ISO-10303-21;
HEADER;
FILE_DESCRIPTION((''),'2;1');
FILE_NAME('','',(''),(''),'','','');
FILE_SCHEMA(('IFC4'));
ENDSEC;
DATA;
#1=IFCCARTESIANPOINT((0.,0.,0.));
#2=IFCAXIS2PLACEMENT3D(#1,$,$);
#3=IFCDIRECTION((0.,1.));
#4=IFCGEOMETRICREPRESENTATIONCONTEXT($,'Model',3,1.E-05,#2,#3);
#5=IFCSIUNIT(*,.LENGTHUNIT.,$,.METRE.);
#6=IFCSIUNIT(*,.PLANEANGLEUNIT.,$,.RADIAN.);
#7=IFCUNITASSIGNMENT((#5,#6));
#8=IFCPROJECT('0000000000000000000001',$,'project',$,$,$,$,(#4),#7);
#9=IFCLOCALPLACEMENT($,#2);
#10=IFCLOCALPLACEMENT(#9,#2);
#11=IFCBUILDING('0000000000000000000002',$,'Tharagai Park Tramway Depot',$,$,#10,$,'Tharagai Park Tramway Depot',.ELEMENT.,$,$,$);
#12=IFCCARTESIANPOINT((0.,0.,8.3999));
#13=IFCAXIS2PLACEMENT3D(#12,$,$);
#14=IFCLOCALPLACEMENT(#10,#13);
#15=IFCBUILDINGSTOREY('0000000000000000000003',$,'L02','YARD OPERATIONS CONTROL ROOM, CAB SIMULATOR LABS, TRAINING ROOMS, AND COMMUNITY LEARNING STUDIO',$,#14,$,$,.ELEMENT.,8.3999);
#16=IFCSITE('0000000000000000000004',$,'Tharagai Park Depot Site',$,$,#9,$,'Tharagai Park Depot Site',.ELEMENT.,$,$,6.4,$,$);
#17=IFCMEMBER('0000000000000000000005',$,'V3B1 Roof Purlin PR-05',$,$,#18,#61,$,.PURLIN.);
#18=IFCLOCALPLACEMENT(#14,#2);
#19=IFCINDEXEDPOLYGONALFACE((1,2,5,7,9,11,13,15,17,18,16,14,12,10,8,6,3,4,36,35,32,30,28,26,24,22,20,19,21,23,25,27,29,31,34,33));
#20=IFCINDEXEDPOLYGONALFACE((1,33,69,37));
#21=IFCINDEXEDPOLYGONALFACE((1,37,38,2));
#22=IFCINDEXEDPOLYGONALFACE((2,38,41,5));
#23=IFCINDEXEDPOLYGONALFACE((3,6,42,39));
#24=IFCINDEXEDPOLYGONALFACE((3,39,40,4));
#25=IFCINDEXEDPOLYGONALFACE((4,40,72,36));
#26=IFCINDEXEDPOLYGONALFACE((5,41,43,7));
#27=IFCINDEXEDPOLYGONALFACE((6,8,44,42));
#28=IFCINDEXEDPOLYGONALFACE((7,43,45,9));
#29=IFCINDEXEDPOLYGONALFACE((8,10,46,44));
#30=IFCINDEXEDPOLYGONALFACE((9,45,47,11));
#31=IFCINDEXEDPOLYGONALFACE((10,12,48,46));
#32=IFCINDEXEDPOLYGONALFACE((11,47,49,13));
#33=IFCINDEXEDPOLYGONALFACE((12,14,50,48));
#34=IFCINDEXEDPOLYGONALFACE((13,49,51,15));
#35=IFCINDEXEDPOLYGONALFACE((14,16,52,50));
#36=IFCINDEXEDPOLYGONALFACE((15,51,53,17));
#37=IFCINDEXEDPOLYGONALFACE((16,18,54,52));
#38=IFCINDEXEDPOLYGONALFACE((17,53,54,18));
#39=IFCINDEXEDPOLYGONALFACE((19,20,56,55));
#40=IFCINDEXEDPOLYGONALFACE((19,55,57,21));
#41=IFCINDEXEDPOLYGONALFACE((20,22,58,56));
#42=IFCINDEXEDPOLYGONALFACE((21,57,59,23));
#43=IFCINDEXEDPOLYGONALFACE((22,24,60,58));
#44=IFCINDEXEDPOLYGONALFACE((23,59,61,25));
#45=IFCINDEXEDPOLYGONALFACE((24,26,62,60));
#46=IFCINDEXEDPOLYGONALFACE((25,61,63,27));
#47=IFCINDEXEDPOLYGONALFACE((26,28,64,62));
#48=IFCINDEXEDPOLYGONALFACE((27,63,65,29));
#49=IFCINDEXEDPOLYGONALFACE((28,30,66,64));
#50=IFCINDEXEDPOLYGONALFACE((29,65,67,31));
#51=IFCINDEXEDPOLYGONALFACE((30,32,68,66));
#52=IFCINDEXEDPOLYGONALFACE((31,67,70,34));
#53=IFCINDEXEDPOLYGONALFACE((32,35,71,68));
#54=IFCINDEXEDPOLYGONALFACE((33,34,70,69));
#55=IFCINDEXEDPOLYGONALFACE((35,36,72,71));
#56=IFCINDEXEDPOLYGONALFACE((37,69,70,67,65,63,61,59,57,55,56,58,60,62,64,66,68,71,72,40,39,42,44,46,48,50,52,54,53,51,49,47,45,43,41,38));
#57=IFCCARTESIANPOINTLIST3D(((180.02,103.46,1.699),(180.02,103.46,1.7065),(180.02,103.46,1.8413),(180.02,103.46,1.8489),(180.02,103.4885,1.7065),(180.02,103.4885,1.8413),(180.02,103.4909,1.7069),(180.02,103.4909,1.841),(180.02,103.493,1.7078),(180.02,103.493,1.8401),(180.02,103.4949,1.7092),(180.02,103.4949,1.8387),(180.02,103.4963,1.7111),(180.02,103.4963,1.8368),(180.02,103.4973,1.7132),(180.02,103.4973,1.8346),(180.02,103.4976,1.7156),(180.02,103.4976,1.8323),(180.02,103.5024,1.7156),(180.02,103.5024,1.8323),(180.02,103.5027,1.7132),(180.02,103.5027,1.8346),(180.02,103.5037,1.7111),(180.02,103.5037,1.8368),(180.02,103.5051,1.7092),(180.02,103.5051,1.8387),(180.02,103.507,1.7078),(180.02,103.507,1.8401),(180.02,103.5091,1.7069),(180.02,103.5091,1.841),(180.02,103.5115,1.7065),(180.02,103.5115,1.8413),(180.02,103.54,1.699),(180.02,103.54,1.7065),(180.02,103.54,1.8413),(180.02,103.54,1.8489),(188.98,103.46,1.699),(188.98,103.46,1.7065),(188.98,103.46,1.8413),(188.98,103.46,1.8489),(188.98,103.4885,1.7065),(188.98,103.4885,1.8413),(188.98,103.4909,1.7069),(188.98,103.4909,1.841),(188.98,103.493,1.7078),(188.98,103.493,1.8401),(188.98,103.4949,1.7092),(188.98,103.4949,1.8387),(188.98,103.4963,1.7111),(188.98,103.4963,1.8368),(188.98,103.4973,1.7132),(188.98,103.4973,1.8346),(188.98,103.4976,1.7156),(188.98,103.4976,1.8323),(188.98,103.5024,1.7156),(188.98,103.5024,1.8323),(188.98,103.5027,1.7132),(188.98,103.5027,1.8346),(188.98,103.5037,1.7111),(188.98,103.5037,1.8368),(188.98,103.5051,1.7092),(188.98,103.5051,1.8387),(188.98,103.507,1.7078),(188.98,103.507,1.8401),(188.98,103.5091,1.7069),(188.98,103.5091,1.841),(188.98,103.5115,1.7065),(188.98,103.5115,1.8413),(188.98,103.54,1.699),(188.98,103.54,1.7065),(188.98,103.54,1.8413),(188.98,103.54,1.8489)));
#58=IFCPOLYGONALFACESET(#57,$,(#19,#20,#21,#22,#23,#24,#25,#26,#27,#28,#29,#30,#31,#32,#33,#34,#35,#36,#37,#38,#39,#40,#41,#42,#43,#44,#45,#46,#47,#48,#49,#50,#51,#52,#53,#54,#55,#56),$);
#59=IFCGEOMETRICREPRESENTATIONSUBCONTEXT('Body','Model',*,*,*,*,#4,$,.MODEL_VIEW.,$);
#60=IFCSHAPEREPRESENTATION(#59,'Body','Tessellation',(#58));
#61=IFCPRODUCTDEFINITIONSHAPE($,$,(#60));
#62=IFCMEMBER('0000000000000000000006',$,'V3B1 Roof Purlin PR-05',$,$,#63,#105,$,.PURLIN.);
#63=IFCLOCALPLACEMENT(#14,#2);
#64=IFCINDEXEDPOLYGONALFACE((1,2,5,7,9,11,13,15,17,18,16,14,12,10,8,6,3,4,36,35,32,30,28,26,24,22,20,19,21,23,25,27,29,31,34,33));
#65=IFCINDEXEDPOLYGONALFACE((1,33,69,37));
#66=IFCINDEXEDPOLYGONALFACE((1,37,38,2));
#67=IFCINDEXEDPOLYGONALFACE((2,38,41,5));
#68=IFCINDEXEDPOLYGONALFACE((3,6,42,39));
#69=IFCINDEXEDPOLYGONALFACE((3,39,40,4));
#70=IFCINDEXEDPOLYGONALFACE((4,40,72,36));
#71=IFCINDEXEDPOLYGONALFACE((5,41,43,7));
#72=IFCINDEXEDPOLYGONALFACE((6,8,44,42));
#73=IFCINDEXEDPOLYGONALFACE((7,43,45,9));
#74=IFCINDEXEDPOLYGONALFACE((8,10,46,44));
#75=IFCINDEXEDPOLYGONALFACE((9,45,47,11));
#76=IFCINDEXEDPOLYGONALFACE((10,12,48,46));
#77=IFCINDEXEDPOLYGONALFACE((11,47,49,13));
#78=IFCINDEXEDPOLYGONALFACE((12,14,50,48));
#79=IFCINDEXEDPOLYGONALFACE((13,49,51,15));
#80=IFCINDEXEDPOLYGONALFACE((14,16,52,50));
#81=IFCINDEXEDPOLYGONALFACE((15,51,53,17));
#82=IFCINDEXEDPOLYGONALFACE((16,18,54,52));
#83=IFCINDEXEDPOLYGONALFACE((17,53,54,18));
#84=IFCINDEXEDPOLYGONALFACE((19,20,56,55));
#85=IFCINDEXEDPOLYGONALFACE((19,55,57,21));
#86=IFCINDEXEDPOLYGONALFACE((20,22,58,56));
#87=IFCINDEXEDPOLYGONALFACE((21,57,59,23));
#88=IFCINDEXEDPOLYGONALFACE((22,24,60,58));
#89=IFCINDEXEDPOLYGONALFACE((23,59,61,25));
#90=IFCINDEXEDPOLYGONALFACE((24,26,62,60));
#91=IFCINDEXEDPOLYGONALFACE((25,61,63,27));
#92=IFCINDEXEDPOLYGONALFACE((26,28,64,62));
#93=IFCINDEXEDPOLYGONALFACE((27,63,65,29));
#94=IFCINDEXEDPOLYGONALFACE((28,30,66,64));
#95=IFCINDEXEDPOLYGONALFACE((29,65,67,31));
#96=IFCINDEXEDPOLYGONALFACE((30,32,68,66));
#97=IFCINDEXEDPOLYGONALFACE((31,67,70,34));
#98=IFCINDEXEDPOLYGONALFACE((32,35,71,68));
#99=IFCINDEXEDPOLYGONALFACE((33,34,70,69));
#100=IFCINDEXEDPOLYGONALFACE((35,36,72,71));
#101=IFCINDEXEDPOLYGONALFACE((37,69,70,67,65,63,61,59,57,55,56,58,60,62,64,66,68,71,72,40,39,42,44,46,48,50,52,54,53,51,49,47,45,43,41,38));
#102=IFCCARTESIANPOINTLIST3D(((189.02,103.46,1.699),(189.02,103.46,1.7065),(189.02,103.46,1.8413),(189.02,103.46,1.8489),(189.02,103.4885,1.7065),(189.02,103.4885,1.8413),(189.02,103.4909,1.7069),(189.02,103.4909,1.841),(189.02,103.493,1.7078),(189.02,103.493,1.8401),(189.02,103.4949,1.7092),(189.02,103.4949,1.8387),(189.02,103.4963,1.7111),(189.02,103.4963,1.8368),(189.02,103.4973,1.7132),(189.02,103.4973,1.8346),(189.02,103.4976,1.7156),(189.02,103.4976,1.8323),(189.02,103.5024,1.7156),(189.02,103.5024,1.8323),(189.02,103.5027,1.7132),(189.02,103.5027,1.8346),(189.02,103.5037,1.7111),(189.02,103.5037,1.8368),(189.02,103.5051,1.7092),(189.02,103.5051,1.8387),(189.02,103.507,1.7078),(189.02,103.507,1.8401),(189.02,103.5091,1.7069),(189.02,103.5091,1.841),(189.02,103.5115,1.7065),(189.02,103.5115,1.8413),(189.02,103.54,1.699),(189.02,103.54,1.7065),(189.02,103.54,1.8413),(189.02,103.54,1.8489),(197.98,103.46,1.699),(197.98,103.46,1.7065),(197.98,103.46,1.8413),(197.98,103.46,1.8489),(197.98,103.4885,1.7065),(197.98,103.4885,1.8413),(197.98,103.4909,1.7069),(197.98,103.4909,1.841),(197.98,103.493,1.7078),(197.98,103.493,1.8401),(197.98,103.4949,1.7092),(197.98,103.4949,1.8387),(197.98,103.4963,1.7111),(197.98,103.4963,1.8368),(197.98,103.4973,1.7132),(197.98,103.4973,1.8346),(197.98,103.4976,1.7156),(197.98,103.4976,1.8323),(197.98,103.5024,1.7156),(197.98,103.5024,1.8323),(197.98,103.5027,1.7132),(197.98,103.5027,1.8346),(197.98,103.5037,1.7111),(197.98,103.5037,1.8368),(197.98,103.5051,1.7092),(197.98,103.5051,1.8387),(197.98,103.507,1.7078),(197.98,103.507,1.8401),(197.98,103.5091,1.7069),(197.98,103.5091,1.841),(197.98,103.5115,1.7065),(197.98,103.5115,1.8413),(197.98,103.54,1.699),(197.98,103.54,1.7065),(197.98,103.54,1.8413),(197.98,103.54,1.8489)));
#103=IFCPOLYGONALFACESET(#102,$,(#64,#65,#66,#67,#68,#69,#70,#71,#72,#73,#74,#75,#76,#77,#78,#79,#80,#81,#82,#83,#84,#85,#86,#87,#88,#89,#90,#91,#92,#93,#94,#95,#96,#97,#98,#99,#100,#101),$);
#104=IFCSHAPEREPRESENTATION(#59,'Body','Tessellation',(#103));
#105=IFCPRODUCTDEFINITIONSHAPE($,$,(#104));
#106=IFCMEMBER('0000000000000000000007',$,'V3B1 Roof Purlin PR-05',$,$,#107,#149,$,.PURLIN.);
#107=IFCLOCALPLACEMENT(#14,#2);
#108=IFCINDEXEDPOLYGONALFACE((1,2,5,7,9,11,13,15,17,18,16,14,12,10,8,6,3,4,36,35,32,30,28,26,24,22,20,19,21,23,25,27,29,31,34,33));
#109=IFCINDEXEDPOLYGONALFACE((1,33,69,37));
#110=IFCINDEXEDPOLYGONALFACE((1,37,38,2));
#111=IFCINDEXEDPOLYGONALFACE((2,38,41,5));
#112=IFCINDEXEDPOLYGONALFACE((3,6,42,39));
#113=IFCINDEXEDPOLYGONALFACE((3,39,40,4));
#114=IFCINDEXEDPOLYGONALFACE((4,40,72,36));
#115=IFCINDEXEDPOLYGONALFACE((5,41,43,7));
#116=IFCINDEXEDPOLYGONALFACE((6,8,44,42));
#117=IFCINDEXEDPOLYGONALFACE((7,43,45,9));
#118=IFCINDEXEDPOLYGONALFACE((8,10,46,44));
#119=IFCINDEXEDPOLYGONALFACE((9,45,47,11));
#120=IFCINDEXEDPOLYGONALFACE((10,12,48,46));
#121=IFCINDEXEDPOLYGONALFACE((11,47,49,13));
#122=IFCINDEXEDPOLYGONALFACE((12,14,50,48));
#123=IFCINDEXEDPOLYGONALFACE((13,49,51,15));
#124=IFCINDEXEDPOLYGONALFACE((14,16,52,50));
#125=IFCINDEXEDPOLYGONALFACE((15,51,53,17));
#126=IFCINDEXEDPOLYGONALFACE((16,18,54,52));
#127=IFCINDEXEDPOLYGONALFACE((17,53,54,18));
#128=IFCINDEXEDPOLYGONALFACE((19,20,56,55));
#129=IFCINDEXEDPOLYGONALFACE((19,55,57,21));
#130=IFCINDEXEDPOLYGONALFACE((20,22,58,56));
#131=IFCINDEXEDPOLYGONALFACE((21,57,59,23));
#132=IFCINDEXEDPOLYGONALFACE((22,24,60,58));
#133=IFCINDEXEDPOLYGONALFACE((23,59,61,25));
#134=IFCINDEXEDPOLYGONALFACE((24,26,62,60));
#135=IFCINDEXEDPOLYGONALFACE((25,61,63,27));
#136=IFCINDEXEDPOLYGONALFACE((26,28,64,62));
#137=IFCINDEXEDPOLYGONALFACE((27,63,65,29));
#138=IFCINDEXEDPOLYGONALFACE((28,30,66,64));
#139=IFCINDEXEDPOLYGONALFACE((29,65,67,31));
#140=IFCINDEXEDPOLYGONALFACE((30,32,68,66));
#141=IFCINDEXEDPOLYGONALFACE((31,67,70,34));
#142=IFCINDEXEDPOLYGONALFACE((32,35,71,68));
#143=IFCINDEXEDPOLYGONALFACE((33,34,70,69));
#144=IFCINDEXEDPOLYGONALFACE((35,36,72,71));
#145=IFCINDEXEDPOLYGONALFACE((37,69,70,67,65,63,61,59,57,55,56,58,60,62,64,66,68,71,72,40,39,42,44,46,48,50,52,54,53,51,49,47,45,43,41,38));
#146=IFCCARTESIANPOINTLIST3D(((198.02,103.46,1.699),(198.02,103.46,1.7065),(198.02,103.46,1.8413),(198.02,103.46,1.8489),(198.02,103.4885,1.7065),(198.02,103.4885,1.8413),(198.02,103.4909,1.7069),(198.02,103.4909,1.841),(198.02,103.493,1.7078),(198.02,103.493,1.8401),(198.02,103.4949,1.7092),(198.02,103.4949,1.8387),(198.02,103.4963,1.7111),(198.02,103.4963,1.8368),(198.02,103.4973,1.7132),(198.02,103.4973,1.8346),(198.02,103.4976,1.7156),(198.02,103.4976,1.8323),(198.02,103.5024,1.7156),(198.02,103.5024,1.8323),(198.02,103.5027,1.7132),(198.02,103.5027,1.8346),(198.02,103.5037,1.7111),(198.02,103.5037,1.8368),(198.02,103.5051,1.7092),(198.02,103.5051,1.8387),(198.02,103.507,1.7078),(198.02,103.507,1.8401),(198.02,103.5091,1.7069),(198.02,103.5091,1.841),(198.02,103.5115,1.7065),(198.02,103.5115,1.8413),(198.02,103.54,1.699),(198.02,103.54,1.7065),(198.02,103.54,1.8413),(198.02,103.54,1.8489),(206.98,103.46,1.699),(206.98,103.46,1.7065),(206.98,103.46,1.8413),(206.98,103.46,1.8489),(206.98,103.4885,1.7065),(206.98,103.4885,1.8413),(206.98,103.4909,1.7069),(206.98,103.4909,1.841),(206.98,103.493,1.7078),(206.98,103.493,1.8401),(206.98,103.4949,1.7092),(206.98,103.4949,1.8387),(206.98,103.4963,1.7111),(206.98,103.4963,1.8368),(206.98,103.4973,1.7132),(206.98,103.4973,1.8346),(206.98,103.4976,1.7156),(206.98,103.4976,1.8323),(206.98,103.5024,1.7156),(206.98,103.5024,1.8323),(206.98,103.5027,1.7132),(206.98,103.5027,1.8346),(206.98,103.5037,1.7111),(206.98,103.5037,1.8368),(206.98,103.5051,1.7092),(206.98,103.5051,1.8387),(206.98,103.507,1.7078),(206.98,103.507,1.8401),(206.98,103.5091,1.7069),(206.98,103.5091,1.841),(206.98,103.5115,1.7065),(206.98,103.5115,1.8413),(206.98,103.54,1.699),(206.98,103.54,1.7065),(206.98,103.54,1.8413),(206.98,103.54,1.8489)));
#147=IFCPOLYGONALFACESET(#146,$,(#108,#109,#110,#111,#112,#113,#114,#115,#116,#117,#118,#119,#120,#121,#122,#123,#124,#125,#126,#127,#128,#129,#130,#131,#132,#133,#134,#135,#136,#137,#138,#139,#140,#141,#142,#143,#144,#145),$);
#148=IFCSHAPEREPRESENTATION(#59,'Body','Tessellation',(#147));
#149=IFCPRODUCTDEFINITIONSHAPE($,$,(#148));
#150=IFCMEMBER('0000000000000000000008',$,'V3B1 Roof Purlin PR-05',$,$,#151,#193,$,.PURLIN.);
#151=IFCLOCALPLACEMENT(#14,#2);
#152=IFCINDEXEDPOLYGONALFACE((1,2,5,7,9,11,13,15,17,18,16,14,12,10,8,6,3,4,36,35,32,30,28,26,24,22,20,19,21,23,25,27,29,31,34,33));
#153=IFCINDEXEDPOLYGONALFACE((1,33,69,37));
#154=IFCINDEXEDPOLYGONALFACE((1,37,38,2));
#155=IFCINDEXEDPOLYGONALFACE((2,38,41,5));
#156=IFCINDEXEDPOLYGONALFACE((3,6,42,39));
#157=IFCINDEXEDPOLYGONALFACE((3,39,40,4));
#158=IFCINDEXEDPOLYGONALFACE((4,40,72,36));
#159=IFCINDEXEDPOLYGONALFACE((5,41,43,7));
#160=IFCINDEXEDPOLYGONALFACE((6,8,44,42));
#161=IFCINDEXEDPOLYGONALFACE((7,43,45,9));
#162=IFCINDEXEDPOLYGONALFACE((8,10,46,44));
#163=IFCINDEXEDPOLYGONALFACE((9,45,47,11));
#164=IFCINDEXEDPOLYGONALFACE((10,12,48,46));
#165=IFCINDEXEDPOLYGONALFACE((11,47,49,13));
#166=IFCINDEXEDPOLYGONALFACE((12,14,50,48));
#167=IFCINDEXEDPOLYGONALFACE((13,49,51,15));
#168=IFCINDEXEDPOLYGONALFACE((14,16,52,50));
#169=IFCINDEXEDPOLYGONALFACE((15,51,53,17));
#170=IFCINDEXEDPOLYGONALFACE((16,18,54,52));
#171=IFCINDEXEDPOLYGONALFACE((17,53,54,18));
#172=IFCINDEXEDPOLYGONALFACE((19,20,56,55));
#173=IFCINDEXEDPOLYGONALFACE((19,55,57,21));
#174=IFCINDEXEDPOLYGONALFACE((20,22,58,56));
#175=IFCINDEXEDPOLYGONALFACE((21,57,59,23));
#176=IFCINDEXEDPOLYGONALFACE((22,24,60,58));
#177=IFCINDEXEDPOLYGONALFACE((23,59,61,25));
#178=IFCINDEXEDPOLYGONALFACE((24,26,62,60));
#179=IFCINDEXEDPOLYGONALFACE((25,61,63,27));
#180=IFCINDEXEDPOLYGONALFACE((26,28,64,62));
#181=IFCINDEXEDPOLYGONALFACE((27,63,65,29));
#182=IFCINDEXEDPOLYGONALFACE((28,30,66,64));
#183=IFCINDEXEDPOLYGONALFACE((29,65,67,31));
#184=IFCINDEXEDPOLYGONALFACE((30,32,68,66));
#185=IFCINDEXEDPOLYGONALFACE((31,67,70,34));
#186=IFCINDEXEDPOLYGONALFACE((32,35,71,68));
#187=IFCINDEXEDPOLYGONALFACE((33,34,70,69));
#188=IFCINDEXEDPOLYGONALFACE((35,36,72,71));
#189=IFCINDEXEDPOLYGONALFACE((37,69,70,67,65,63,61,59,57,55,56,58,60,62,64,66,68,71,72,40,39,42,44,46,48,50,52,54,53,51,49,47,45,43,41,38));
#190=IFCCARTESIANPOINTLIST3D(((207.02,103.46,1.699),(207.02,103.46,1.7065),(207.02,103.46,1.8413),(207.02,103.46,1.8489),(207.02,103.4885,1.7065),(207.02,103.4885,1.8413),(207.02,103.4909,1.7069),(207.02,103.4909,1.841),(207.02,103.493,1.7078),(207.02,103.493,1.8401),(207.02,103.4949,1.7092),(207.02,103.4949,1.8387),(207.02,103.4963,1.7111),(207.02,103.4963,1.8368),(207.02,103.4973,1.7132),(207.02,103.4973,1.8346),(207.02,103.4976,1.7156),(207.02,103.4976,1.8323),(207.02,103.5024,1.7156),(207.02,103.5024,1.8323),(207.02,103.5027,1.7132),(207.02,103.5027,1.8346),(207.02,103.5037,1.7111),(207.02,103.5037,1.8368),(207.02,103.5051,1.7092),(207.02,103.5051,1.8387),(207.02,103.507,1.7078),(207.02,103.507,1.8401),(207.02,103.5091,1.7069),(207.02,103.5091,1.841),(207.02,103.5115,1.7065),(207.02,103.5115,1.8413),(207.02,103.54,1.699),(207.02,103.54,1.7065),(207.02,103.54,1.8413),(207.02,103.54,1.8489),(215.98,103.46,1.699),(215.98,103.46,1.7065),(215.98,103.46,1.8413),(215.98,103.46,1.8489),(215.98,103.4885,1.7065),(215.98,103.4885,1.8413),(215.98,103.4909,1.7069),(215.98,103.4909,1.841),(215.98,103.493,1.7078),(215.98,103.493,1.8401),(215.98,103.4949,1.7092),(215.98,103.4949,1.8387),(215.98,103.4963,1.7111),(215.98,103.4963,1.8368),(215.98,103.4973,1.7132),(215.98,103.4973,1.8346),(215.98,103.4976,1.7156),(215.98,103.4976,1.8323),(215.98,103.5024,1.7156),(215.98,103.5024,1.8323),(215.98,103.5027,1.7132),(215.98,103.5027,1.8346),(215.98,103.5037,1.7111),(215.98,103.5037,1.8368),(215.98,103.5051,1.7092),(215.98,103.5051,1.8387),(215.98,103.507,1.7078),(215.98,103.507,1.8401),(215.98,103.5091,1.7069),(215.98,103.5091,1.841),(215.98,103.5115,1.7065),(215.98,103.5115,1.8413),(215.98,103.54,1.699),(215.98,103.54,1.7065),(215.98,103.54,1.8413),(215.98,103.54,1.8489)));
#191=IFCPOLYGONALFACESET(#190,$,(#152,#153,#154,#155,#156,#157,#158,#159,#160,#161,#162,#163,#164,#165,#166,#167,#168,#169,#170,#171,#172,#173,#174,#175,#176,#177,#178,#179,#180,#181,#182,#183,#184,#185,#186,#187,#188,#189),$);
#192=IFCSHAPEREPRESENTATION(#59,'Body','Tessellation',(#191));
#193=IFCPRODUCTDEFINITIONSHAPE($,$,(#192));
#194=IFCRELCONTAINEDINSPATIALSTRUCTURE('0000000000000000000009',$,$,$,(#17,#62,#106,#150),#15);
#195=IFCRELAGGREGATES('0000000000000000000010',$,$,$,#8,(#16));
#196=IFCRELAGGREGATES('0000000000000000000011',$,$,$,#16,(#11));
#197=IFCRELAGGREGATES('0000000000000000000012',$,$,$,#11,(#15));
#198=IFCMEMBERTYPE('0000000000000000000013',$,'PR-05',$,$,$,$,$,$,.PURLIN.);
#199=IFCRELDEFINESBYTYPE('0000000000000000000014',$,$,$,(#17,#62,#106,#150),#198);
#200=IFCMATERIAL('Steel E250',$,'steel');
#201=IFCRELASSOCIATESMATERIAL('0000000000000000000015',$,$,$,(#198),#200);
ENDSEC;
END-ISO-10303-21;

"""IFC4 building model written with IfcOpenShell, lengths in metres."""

from ifc_helpers import new_model, si_unit, direction, frame, origin, origin_2d, place, context, subcontext, project, spatial, i_section, extrude, material, material_profile, profile_set, type_object, element, save


model = new_model("IFC4")

# Units and contexts
model_context = context("Model", 3, precision=1e-05, world=origin(), true_north=direction((0.0, 1.0)))
body_context = subcontext(model_context, "Body", "Model", "MODEL_VIEW")
ifc_project = project(units=[si_unit("LENGTHUNIT", "METRE"), si_unit("PLANEANGLEUNIT", "RADIAN")], contexts=[model_context])

# Site, building, storey
site_placement = place(None, origin())
site = spatial("IfcSite", under=ifc_project, at=site_placement, Name="Tharagai Park Depot Site", LongName="Tharagai Park Depot Site", CompositionType="ELEMENT", RefElevation=6.4)
building_placement = place(site_placement, origin())
building = spatial("IfcBuilding", under=site, at=building_placement, Name="Tharagai Park Tramway Depot", LongName="Tharagai Park Tramway Depot", CompositionType="ELEMENT")
storey_placement = place(building_placement, frame((0.0, 0.0, 8.3999)))
storey = spatial("IfcBuildingStorey", under=building, at=storey_placement, Name="L02", Description="YARD OPERATIONS CONTROL ROOM, CAB SIMULATOR LABS, TRAINING ROOMS, AND COMMUNITY LEARNING STUDIO", CompositionType="ELEMENT", Elevation=8.3999)

# Members
ifc_material_1 = material(Name="Steel E250", Category="steel")
ifc_material_profile_1 = material_profile(ifc_material_1, i_section(OverallWidth=0.0801, OverallDepth=0.1499, WebThickness=0.0049, FlangeThickness=0.0076, FilletRadius=0.009, at=origin_2d()), Name="ISMB 150")
ifc_profile_set_1 = profile_set([ifc_material_profile_1], Name="Steel E250")
member_type_1 = type_object("IfcMemberType", Name="PR-05", PredefinedType="PURLIN", material=ifc_profile_set_1)
for number, where, z_axis, x_axis, name in (
    (1, (180.02, 103.5, 1.7739), (1.0, 0.0, 0.0), (0.0, 1.0, 0.0), "V3B1 Roof Purlin PR-05"),
    (2, (189.02, 103.5, 1.7739), (1.0, 0.0, 0.0), (0.0, 1.0, 0.0), "V3B1 Roof Purlin PR-05"),
    (3, (198.02, 103.5, 1.7739), (1.0, 0.0, 0.0), (0.0, 1.0, 0.0), "V3B1 Roof Purlin PR-05"),
    (4, (207.02, 103.5, 1.7739), (1.0, 0.0, 0.0), (0.0, 1.0, 0.0), "V3B1 Roof Purlin PR-05"),
):
    element("IfcMember", number, at=place(storey_placement, frame(where, z_axis=z_axis, x_axis=x_axis)), inside=storey, type_object=member_type_1, Name=name, PredefinedType="PURLIN", context=body_context, shape_type="SweptSolid", body=[
        extrude(i_section(OverallWidth=0.0801, OverallDepth=0.1499, WebThickness=0.0049, FlangeThickness=0.0076, FilletRadius=0.009, at=origin_2d()), origin(), (0.0, 0.0, 1.0), 8.96),
    ])

save(model, "model.ifc")
